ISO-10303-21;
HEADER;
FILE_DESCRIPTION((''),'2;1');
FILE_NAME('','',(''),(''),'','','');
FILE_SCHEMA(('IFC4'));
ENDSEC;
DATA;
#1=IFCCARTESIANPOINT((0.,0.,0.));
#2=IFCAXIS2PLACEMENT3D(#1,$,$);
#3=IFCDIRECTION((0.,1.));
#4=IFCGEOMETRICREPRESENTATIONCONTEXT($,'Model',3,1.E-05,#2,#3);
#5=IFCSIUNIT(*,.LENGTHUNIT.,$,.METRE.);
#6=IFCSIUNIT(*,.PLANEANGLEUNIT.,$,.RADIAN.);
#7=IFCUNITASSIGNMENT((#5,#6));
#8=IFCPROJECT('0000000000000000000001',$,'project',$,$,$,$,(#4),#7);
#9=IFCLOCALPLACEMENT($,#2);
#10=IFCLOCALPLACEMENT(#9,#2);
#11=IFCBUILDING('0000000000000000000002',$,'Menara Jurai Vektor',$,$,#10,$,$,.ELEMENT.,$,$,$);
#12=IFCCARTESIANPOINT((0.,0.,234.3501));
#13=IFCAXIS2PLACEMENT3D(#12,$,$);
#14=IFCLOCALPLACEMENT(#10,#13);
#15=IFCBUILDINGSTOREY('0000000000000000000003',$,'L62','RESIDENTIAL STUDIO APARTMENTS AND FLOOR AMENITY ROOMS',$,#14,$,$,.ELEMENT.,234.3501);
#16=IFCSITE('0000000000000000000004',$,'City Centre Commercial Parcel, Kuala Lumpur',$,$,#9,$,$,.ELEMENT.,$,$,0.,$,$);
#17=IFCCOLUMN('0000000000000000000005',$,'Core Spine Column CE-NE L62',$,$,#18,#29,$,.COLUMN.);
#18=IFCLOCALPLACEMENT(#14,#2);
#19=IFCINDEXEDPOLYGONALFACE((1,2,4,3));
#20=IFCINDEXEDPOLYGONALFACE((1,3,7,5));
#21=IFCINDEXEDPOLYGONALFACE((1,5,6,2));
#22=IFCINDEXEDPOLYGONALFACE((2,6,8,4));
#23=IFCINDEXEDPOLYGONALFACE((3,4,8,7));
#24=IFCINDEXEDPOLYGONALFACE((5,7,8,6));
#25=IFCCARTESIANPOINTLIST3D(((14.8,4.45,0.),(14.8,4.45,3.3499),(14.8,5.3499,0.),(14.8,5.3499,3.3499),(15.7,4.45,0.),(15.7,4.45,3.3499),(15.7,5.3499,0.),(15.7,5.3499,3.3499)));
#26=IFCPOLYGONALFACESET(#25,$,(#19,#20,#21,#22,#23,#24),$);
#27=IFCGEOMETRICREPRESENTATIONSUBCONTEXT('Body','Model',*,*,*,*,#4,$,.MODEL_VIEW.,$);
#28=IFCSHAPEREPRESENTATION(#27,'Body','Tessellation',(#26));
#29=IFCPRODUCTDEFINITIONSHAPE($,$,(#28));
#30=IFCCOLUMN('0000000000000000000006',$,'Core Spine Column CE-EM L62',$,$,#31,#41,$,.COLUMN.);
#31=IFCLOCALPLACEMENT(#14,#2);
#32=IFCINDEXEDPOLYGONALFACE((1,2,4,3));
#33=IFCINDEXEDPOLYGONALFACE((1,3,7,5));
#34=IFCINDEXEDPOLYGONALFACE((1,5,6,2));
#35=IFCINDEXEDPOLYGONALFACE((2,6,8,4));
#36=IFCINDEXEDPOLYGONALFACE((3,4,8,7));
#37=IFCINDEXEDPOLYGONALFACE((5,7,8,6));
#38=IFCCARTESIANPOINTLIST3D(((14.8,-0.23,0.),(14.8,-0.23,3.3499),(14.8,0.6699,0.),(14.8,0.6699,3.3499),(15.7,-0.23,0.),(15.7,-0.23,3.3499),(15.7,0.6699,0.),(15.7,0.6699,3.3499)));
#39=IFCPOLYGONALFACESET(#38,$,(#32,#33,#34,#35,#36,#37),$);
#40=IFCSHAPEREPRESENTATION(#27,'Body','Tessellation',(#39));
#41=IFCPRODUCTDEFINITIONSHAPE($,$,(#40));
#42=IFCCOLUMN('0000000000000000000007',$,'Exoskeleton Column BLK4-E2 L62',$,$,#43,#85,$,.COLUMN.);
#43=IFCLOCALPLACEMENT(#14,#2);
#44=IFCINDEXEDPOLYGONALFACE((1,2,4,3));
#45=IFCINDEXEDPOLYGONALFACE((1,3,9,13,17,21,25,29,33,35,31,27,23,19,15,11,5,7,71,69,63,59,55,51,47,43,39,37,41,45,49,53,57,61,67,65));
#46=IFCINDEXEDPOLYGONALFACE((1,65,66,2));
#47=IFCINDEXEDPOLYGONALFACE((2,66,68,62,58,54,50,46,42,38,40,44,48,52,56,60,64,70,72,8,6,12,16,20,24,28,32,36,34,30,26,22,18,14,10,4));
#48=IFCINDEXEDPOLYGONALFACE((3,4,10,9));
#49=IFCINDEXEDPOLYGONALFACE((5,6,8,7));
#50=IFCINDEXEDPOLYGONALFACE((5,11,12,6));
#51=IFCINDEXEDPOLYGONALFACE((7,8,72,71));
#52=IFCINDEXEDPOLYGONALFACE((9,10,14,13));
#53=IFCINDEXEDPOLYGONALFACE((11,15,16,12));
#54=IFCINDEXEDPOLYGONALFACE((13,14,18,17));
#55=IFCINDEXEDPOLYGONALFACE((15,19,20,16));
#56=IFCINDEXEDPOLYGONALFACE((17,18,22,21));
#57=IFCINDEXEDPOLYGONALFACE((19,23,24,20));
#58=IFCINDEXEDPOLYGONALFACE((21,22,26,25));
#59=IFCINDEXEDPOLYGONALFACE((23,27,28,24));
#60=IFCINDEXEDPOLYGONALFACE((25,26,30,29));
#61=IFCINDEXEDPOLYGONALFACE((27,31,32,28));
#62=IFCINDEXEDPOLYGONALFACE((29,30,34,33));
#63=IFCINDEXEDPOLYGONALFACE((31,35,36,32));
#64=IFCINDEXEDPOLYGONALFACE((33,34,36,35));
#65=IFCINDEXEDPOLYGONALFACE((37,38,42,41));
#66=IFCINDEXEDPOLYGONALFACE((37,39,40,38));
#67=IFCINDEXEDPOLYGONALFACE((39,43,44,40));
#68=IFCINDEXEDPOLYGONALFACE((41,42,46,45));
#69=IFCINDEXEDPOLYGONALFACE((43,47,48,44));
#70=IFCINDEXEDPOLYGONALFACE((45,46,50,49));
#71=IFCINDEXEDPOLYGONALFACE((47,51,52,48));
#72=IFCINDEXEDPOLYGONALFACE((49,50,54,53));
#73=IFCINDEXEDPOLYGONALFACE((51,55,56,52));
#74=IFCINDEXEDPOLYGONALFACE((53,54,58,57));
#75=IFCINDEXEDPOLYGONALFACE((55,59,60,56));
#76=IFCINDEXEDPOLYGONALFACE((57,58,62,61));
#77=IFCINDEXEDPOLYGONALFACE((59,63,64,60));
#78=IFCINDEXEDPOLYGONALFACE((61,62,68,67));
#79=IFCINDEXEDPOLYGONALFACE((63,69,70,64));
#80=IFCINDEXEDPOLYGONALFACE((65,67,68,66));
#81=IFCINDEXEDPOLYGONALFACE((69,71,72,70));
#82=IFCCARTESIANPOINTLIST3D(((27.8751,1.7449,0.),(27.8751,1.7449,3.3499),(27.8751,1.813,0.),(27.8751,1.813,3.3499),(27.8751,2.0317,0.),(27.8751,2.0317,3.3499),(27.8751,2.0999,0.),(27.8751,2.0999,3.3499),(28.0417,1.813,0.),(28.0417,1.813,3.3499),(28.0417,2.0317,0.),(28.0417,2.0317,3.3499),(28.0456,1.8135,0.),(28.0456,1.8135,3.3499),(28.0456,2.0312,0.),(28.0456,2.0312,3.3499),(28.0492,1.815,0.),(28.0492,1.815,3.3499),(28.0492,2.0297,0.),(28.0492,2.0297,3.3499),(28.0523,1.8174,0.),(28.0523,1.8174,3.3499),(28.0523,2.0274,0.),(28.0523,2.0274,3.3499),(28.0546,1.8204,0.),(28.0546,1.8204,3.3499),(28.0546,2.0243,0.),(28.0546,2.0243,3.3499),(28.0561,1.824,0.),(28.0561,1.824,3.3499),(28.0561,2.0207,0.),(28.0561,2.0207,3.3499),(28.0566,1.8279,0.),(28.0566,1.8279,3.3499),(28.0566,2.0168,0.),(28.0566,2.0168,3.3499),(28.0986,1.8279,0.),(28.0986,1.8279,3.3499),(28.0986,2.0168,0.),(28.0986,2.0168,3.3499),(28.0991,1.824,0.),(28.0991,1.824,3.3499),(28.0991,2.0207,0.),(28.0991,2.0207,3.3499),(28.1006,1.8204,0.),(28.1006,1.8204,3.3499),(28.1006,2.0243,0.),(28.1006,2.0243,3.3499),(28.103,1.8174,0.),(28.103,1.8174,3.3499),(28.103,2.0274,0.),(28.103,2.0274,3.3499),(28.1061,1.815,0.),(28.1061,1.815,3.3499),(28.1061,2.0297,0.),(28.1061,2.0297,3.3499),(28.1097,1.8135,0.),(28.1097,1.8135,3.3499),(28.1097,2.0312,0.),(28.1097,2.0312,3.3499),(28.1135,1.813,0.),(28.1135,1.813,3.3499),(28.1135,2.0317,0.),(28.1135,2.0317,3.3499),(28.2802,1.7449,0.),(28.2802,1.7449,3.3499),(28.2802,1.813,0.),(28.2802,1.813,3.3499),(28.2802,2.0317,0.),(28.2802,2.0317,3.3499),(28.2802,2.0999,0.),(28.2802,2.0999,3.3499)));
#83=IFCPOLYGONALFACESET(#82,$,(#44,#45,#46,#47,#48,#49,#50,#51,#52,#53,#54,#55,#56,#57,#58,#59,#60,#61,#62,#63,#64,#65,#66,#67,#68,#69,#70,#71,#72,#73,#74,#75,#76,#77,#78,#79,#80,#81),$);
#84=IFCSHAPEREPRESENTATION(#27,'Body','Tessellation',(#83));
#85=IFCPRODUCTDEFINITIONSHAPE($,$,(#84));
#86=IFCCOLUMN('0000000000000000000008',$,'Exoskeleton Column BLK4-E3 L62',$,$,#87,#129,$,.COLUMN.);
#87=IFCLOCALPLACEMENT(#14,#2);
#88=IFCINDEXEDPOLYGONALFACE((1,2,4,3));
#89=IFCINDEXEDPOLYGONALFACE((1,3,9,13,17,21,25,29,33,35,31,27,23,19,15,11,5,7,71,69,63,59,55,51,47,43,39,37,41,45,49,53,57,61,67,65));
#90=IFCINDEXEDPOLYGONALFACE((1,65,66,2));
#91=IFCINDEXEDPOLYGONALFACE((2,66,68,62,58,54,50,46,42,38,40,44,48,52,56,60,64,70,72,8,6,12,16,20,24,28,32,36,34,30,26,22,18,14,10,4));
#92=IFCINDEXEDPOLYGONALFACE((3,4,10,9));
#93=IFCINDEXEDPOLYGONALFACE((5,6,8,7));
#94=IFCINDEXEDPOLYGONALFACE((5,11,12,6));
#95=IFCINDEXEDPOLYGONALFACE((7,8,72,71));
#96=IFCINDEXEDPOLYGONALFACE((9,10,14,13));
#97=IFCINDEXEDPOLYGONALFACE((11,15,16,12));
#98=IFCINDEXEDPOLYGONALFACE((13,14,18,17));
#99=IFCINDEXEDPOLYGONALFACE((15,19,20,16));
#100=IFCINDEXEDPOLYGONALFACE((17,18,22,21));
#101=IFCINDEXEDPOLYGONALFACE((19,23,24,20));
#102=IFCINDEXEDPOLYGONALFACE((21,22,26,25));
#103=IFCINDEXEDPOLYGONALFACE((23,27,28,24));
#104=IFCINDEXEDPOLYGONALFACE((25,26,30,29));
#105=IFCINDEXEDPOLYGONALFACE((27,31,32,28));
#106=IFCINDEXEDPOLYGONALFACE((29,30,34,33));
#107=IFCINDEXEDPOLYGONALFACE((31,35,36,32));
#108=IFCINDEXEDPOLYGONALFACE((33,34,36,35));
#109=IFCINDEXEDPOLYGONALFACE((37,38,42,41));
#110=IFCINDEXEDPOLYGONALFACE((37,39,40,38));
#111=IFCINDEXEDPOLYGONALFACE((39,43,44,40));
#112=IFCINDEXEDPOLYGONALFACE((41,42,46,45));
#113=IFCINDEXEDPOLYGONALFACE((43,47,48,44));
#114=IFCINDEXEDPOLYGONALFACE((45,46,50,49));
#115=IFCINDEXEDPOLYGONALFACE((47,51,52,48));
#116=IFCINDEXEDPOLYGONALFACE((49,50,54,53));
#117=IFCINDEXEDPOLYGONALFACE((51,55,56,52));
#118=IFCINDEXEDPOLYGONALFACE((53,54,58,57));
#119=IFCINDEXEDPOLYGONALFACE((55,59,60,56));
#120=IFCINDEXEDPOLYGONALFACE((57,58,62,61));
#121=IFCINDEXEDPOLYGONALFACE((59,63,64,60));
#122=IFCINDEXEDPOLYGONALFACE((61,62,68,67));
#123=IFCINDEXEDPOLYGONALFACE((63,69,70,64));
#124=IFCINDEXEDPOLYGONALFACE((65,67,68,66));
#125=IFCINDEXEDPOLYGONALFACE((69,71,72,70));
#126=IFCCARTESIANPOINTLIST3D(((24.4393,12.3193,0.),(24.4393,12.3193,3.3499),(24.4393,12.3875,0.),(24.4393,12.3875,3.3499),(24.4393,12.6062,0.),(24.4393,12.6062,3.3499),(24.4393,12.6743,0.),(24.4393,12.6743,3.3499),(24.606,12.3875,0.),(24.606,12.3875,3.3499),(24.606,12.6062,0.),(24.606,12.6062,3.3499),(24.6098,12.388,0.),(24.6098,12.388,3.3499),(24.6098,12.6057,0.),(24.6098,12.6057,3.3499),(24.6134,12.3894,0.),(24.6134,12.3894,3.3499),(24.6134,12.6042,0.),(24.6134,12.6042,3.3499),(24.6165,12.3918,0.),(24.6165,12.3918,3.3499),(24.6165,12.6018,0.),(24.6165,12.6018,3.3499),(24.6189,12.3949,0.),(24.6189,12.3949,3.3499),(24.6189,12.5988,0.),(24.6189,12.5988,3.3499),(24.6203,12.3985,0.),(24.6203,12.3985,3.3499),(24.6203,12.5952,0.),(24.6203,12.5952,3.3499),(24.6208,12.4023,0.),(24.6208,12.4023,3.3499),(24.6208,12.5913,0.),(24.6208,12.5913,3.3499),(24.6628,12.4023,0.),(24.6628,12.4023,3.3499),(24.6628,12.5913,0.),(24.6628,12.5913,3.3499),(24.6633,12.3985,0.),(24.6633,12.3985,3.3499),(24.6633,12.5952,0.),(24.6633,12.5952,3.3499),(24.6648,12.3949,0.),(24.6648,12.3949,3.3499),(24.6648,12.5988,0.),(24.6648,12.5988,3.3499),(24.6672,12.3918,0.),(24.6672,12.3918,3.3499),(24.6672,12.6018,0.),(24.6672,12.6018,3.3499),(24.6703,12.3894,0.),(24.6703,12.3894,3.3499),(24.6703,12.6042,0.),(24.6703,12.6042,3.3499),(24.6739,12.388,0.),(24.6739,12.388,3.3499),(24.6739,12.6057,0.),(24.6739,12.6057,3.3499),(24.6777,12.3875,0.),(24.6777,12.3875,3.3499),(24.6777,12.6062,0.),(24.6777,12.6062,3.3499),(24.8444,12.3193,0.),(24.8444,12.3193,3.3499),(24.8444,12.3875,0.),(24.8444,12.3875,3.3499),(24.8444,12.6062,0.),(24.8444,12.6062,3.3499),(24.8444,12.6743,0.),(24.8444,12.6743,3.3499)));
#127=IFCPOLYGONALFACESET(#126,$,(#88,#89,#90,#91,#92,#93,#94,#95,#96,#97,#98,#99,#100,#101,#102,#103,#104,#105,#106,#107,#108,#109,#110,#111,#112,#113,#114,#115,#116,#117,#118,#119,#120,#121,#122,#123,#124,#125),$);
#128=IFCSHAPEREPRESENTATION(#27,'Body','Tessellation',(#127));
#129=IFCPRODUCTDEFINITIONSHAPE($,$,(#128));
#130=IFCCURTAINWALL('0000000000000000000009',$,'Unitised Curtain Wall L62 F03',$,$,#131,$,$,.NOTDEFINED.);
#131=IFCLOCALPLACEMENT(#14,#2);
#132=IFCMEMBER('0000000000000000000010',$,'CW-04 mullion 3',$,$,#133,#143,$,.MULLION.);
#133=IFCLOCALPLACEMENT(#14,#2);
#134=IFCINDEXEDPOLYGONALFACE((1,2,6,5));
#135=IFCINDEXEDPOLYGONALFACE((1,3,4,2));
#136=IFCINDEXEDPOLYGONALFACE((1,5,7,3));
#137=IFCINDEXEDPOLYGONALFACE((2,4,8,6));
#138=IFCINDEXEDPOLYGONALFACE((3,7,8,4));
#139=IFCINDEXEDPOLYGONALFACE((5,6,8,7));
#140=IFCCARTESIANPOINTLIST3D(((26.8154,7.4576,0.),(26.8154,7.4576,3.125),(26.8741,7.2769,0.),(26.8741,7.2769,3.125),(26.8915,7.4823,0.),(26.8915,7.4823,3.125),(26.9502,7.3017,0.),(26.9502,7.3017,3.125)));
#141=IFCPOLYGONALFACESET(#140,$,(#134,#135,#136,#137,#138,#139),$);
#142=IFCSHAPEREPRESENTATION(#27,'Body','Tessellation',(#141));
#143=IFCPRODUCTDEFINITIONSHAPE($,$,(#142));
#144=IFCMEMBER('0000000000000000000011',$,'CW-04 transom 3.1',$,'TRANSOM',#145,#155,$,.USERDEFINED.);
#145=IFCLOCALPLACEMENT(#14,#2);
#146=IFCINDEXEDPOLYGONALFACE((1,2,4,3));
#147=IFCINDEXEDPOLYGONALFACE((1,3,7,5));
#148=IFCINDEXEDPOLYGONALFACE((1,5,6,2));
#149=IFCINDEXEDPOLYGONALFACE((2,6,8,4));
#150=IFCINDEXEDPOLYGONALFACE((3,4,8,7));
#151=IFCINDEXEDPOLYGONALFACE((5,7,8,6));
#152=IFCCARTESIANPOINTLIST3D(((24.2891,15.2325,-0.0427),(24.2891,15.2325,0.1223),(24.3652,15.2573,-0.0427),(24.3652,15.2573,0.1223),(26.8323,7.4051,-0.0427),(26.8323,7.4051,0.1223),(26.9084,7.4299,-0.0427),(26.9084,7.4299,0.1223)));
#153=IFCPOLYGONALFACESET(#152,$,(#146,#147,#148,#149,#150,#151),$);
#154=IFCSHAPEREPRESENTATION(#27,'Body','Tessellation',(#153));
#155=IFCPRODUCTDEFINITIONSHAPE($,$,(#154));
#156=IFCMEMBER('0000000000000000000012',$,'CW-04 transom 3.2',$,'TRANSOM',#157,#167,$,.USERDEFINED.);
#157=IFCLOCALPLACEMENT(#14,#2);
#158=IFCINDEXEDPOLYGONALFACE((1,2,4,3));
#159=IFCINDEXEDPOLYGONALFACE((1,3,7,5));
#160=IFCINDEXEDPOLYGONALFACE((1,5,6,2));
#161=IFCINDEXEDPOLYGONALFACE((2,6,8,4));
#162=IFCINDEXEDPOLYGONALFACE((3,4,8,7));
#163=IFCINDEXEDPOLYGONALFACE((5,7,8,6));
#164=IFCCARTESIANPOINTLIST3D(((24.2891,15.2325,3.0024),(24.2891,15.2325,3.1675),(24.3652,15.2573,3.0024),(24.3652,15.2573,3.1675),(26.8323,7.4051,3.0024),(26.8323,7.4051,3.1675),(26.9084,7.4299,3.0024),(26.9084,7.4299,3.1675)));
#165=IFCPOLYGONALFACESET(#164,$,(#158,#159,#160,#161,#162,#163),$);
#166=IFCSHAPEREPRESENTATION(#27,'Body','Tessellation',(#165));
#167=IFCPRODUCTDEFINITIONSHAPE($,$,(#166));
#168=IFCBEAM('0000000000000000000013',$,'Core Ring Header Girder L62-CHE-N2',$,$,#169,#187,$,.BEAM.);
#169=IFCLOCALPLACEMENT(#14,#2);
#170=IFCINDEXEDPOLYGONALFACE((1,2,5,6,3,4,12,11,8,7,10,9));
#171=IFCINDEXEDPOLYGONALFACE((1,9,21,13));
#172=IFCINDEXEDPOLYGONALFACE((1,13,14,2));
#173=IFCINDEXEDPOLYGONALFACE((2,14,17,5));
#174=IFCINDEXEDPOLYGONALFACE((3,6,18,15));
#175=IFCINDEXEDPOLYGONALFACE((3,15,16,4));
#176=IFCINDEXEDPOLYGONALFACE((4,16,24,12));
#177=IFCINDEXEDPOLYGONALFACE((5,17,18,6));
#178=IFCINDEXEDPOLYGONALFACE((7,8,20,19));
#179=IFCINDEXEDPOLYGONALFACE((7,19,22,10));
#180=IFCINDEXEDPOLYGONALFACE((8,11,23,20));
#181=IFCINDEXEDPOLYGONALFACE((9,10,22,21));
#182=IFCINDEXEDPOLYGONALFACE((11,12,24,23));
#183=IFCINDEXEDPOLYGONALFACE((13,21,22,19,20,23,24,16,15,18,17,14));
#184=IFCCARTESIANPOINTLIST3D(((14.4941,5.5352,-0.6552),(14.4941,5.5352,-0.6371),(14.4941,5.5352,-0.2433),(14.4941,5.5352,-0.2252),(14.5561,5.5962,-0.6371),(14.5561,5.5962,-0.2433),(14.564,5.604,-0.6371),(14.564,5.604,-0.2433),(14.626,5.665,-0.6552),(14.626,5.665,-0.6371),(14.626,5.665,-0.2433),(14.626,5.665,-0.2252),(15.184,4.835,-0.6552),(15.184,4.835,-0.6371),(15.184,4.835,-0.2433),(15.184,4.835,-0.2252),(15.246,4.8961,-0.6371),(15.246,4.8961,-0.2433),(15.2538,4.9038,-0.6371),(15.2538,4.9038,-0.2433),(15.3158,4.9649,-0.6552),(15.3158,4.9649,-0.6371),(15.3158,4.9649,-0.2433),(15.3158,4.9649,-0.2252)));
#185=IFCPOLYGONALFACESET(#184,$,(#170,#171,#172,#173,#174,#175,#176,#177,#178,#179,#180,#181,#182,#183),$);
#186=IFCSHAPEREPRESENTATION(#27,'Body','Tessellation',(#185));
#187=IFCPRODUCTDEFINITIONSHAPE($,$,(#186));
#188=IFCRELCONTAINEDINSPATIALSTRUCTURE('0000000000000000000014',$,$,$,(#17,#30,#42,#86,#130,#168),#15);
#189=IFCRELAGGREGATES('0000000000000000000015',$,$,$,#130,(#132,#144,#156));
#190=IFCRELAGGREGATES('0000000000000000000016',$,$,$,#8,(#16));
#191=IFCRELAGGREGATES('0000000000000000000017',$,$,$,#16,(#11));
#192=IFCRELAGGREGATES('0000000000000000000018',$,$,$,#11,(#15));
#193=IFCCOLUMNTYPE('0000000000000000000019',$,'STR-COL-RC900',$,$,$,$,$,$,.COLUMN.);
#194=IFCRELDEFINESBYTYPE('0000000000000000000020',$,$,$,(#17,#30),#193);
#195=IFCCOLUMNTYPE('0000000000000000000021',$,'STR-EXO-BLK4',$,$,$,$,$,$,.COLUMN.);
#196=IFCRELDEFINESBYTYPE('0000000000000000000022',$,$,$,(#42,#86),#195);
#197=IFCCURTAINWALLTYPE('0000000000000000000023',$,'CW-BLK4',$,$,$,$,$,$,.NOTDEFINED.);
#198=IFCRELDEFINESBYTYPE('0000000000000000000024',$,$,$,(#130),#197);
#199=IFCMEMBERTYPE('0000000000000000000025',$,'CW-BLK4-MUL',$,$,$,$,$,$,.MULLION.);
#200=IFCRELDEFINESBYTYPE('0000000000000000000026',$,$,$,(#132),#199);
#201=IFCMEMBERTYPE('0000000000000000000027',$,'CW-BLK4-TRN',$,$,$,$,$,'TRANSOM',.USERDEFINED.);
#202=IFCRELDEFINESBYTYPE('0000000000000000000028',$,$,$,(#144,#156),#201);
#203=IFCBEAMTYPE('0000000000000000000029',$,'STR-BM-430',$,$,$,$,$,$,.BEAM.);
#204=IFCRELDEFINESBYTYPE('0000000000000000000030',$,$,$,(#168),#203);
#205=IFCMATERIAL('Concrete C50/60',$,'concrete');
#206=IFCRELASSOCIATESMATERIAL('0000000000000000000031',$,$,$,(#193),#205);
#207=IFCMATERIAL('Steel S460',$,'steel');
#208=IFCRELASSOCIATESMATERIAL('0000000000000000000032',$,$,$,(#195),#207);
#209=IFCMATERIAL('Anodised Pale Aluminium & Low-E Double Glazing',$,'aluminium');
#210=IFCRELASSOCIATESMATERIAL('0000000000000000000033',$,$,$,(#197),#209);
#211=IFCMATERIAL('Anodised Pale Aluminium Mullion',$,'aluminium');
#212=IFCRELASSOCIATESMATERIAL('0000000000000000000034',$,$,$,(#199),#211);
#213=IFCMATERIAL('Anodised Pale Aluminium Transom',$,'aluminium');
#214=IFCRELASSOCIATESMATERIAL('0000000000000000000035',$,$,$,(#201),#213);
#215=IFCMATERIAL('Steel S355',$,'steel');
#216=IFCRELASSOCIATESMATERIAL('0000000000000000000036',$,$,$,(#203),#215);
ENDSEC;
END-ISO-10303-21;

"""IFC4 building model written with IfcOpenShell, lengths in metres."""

from ifc_helpers import new_model, si_unit, direction, frame, origin, origin_2d, place, context, subcontext, project, spatial, rectangle, i_section, extrude, material, material_profile, profile_set, type_object, element, aggregate, save


model = new_model("IFC4")

# Units and contexts
model_context = context("Model", 3, precision=1e-05, world=origin(), true_north=direction((0.0, 1.0)))
body_context = subcontext(model_context, "Body", "Model", "MODEL_VIEW")
ifc_project = project(units=[si_unit("LENGTHUNIT", "METRE"), si_unit("PLANEANGLEUNIT", "RADIAN")], contexts=[model_context])

# Site, building, storey
site_placement = place(None, origin())
site = spatial("IfcSite", under=ifc_project, at=site_placement, Name="City Centre Commercial Parcel, Kuala Lumpur", CompositionType="ELEMENT", RefElevation=0.0)
building_placement = place(site_placement, origin())
building = spatial("IfcBuilding", under=site, at=building_placement, Name="Menara Jurai Vektor", CompositionType="ELEMENT")
storey_placement = place(building_placement, frame((0.0, 0.0, 234.3501)))
storey = spatial("IfcBuildingStorey", under=building, at=storey_placement, Name="L62", Description="RESIDENTIAL STUDIO APARTMENTS AND FLOOR AMENITY ROOMS", CompositionType="ELEMENT", Elevation=234.3501)

# Columns
ifc_material_1 = material(Name="Concrete C50/60", Category="concrete")
ifc_material_profile_1 = material_profile(ifc_material_1, rectangle(XDim=0.8999, YDim=0.8999, at=origin_2d()), Name="RC 900x900")
ifc_profile_set_1 = profile_set([ifc_material_profile_1], Name="Concrete C50/60")
column_type_1 = type_object("IfcColumnType", Name="STR-COL-RC900", PredefinedType="COLUMN", material=ifc_profile_set_1)
for number, where, z_axis, x_axis, name in (
    (1, (15.25, 4.8999, 0.0), (0.0, 0.0, 1.0), (1.0, 0.0, 0.0), "Core Spine Column CE-NE L62"),
    (2, (15.25, 0.22, 0.0), (0.0, 0.0, 1.0), (1.0, 0.0, 0.0), "Core Spine Column CE-EM L62"),
):
    element("IfcColumn", number, at=place(storey_placement, frame(where, z_axis=z_axis, x_axis=x_axis)), inside=storey, type_object=column_type_1, Name=name, PredefinedType="COLUMN", context=body_context, shape_type="SweptSolid", body=[
        extrude(rectangle(XDim=0.8999, YDim=0.8999, at=origin_2d()), origin(), (0.0, 0.0, 1.0), 3.3499),
    ])
ifc_material_2 = material(Name="Steel S460", Category="steel")
ifc_material_profile_2 = material_profile(ifc_material_2, i_section(OverallWidth=0.405, OverallDepth=0.355, WebThickness=0.042, FlangeThickness=0.0681, FilletRadius=0.0149, at=origin_2d()), Name="HD 400x551")
ifc_profile_set_2 = profile_set([ifc_material_profile_2], Name="Steel S460")
column_type_2 = type_object("IfcColumnType", Name="STR-EXO-BLK4", PredefinedType="COLUMN", material=ifc_profile_set_2)
for number, where, z_axis, x_axis, name in (
    (3, (28.0776, 1.9224, 0.0), (0.0, 0.0, 1.0), (1.0, 0.0, 0.0), "Exoskeleton Column BLK4-E2 L62"),
    (4, (24.6418, 12.4968, 0.0), (0.0, 0.0, 1.0), (1.0, 0.0, 0.0), "Exoskeleton Column BLK4-E3 L62"),
):
    element("IfcColumn", number, at=place(storey_placement, frame(where, z_axis=z_axis, x_axis=x_axis)), inside=storey, type_object=column_type_2, Name=name, PredefinedType="COLUMN", context=body_context, shape_type="SweptSolid", body=[
        extrude(i_section(OverallWidth=0.405, OverallDepth=0.355, WebThickness=0.042, FlangeThickness=0.0681, FilletRadius=0.0149, at=origin_2d()), origin(), (0.0, 0.0, 1.0), 3.3499),
    ])

# Curtain wall, members
ifc_material_3 = material(Name="Anodised Pale Aluminium & Low-E Double Glazing", Category="aluminium")
curtain_wall_type = type_object("IfcCurtainWallType", Name="CW-BLK4", PredefinedType="NOTDEFINED", material=ifc_material_3)
curtain_wall_placement = place(storey_placement, origin())
curtain_wall = element("IfcCurtainWall", 5, at=curtain_wall_placement, inside=storey, type_object=curtain_wall_type, Name="Unitised Curtain Wall L62 F03", PredefinedType="NOTDEFINED")
ifc_material_4 = material(Name="Anodised Pale Aluminium Mullion", Category="aluminium")
ifc_material_profile_3 = material_profile(ifc_material_4, rectangle(XDim=0.0801, YDim=0.1899, at=origin_2d()), Name="ALU MUL 80x190")
ifc_profile_set_3 = profile_set([ifc_material_profile_3], Name="Anodised Pale Aluminium Mullion")
member_type_1 = type_object("IfcMemberType", Name="CW-BLK4-MUL", PredefinedType="MULLION", material=ifc_profile_set_3)
member_1_placement = place(storey_placement, frame((26.8828, 7.3796, 0.0), z_axis=(0.0, 0.0, 1.0), x_axis=(-0.951057, -0.309016, 0.0)))
member_1 = element("IfcMember", 6, at=member_1_placement, type_object=member_type_1, Name="CW-04 mullion 3", PredefinedType="MULLION", context=body_context, shape_type="SweptSolid", body=[
    extrude(rectangle(XDim=0.0801, YDim=0.1899, at=origin_2d()), origin(), (0.0, 0.0, 1.0), 3.125),
])
ifc_material_5 = material(Name="Anodised Pale Aluminium Transom", Category="aluminium")
ifc_material_profile_4 = material_profile(ifc_material_5, rectangle(XDim=0.0801, YDim=0.165, at=origin_2d()), Name="ALU TRN 80x165")
ifc_profile_set_4 = profile_set([ifc_material_profile_4], Name="Anodised Pale Aluminium Transom")
member_type_2 = type_object("IfcMemberType", Name="CW-BLK4-TRN", ElementType="TRANSOM", PredefinedType="USERDEFINED", material=ifc_profile_set_4)
member_2_placement = place(storey_placement, frame((26.8704, 7.4175, 0.0398), z_axis=(-0.30901, 0.951059, 0.0), x_axis=(-0.951059, -0.30901, 0.0)))
member_2 = element("IfcMember", 7, at=member_2_placement, type_object=member_type_2, Name="CW-04 transom 3.1", ObjectType="TRANSOM", PredefinedType="USERDEFINED", context=body_context, shape_type="SweptSolid", body=[
    extrude(rectangle(XDim=0.0801, YDim=0.165, at=origin_2d()), origin(), (0.0, 0.0, 1.0), 8.2302),
])
member_3_placement = place(storey_placement, frame((26.8704, 7.4175, 3.085), z_axis=(-0.30901, 0.951059, 0.0), x_axis=(-0.951059, -0.30901, 0.0)))
member_3 = element("IfcMember", 8, at=member_3_placement, type_object=member_type_2, Name="CW-04 transom 3.2", ObjectType="TRANSOM", PredefinedType="USERDEFINED", context=body_context, shape_type="SweptSolid", body=[
    extrude(rectangle(XDim=0.0801, YDim=0.165, at=origin_2d()), origin(), (0.0, 0.0, 1.0), 8.2302),
])

# Beam
ifc_material_6 = material(Name="Steel S355", Category="steel")
ifc_material_profile_5 = material_profile(ifc_material_6, i_section(OverallWidth=0.1851, OverallDepth=0.4299, WebThickness=0.011, FlangeThickness=0.0181, at=origin_2d()), Name="PG 430x185x76")
ifc_profile_set_5 = profile_set([ifc_material_profile_5], Name="Steel S355")
beam_type_1 = type_object("IfcBeamType", Name="STR-BM-430", PredefinedType="BEAM", material=ifc_profile_set_5)
beam_1_placement = place(storey_placement, frame((14.5601, 5.6001, -0.4402), z_axis=(0.701872, -0.712303, 0.0), x_axis=(0.712303, 0.701872, 0.0)))
element("IfcBeam", 9, at=beam_1_placement, inside=storey, type_object=beam_type_1, Name="Core Ring Header Girder L62-CHE-N2", PredefinedType="BEAM", context=body_context, shape_type="SweptSolid", body=[
    extrude(i_section(OverallWidth=0.1851, OverallDepth=0.4299, WebThickness=0.011, FlangeThickness=0.0181, at=origin_2d()), origin(), (0.0, 0.0, 1.0), 0.9829),
])

aggregate(curtain_wall, [member_1, member_2, member_3])

save(model, "model.ifc")
